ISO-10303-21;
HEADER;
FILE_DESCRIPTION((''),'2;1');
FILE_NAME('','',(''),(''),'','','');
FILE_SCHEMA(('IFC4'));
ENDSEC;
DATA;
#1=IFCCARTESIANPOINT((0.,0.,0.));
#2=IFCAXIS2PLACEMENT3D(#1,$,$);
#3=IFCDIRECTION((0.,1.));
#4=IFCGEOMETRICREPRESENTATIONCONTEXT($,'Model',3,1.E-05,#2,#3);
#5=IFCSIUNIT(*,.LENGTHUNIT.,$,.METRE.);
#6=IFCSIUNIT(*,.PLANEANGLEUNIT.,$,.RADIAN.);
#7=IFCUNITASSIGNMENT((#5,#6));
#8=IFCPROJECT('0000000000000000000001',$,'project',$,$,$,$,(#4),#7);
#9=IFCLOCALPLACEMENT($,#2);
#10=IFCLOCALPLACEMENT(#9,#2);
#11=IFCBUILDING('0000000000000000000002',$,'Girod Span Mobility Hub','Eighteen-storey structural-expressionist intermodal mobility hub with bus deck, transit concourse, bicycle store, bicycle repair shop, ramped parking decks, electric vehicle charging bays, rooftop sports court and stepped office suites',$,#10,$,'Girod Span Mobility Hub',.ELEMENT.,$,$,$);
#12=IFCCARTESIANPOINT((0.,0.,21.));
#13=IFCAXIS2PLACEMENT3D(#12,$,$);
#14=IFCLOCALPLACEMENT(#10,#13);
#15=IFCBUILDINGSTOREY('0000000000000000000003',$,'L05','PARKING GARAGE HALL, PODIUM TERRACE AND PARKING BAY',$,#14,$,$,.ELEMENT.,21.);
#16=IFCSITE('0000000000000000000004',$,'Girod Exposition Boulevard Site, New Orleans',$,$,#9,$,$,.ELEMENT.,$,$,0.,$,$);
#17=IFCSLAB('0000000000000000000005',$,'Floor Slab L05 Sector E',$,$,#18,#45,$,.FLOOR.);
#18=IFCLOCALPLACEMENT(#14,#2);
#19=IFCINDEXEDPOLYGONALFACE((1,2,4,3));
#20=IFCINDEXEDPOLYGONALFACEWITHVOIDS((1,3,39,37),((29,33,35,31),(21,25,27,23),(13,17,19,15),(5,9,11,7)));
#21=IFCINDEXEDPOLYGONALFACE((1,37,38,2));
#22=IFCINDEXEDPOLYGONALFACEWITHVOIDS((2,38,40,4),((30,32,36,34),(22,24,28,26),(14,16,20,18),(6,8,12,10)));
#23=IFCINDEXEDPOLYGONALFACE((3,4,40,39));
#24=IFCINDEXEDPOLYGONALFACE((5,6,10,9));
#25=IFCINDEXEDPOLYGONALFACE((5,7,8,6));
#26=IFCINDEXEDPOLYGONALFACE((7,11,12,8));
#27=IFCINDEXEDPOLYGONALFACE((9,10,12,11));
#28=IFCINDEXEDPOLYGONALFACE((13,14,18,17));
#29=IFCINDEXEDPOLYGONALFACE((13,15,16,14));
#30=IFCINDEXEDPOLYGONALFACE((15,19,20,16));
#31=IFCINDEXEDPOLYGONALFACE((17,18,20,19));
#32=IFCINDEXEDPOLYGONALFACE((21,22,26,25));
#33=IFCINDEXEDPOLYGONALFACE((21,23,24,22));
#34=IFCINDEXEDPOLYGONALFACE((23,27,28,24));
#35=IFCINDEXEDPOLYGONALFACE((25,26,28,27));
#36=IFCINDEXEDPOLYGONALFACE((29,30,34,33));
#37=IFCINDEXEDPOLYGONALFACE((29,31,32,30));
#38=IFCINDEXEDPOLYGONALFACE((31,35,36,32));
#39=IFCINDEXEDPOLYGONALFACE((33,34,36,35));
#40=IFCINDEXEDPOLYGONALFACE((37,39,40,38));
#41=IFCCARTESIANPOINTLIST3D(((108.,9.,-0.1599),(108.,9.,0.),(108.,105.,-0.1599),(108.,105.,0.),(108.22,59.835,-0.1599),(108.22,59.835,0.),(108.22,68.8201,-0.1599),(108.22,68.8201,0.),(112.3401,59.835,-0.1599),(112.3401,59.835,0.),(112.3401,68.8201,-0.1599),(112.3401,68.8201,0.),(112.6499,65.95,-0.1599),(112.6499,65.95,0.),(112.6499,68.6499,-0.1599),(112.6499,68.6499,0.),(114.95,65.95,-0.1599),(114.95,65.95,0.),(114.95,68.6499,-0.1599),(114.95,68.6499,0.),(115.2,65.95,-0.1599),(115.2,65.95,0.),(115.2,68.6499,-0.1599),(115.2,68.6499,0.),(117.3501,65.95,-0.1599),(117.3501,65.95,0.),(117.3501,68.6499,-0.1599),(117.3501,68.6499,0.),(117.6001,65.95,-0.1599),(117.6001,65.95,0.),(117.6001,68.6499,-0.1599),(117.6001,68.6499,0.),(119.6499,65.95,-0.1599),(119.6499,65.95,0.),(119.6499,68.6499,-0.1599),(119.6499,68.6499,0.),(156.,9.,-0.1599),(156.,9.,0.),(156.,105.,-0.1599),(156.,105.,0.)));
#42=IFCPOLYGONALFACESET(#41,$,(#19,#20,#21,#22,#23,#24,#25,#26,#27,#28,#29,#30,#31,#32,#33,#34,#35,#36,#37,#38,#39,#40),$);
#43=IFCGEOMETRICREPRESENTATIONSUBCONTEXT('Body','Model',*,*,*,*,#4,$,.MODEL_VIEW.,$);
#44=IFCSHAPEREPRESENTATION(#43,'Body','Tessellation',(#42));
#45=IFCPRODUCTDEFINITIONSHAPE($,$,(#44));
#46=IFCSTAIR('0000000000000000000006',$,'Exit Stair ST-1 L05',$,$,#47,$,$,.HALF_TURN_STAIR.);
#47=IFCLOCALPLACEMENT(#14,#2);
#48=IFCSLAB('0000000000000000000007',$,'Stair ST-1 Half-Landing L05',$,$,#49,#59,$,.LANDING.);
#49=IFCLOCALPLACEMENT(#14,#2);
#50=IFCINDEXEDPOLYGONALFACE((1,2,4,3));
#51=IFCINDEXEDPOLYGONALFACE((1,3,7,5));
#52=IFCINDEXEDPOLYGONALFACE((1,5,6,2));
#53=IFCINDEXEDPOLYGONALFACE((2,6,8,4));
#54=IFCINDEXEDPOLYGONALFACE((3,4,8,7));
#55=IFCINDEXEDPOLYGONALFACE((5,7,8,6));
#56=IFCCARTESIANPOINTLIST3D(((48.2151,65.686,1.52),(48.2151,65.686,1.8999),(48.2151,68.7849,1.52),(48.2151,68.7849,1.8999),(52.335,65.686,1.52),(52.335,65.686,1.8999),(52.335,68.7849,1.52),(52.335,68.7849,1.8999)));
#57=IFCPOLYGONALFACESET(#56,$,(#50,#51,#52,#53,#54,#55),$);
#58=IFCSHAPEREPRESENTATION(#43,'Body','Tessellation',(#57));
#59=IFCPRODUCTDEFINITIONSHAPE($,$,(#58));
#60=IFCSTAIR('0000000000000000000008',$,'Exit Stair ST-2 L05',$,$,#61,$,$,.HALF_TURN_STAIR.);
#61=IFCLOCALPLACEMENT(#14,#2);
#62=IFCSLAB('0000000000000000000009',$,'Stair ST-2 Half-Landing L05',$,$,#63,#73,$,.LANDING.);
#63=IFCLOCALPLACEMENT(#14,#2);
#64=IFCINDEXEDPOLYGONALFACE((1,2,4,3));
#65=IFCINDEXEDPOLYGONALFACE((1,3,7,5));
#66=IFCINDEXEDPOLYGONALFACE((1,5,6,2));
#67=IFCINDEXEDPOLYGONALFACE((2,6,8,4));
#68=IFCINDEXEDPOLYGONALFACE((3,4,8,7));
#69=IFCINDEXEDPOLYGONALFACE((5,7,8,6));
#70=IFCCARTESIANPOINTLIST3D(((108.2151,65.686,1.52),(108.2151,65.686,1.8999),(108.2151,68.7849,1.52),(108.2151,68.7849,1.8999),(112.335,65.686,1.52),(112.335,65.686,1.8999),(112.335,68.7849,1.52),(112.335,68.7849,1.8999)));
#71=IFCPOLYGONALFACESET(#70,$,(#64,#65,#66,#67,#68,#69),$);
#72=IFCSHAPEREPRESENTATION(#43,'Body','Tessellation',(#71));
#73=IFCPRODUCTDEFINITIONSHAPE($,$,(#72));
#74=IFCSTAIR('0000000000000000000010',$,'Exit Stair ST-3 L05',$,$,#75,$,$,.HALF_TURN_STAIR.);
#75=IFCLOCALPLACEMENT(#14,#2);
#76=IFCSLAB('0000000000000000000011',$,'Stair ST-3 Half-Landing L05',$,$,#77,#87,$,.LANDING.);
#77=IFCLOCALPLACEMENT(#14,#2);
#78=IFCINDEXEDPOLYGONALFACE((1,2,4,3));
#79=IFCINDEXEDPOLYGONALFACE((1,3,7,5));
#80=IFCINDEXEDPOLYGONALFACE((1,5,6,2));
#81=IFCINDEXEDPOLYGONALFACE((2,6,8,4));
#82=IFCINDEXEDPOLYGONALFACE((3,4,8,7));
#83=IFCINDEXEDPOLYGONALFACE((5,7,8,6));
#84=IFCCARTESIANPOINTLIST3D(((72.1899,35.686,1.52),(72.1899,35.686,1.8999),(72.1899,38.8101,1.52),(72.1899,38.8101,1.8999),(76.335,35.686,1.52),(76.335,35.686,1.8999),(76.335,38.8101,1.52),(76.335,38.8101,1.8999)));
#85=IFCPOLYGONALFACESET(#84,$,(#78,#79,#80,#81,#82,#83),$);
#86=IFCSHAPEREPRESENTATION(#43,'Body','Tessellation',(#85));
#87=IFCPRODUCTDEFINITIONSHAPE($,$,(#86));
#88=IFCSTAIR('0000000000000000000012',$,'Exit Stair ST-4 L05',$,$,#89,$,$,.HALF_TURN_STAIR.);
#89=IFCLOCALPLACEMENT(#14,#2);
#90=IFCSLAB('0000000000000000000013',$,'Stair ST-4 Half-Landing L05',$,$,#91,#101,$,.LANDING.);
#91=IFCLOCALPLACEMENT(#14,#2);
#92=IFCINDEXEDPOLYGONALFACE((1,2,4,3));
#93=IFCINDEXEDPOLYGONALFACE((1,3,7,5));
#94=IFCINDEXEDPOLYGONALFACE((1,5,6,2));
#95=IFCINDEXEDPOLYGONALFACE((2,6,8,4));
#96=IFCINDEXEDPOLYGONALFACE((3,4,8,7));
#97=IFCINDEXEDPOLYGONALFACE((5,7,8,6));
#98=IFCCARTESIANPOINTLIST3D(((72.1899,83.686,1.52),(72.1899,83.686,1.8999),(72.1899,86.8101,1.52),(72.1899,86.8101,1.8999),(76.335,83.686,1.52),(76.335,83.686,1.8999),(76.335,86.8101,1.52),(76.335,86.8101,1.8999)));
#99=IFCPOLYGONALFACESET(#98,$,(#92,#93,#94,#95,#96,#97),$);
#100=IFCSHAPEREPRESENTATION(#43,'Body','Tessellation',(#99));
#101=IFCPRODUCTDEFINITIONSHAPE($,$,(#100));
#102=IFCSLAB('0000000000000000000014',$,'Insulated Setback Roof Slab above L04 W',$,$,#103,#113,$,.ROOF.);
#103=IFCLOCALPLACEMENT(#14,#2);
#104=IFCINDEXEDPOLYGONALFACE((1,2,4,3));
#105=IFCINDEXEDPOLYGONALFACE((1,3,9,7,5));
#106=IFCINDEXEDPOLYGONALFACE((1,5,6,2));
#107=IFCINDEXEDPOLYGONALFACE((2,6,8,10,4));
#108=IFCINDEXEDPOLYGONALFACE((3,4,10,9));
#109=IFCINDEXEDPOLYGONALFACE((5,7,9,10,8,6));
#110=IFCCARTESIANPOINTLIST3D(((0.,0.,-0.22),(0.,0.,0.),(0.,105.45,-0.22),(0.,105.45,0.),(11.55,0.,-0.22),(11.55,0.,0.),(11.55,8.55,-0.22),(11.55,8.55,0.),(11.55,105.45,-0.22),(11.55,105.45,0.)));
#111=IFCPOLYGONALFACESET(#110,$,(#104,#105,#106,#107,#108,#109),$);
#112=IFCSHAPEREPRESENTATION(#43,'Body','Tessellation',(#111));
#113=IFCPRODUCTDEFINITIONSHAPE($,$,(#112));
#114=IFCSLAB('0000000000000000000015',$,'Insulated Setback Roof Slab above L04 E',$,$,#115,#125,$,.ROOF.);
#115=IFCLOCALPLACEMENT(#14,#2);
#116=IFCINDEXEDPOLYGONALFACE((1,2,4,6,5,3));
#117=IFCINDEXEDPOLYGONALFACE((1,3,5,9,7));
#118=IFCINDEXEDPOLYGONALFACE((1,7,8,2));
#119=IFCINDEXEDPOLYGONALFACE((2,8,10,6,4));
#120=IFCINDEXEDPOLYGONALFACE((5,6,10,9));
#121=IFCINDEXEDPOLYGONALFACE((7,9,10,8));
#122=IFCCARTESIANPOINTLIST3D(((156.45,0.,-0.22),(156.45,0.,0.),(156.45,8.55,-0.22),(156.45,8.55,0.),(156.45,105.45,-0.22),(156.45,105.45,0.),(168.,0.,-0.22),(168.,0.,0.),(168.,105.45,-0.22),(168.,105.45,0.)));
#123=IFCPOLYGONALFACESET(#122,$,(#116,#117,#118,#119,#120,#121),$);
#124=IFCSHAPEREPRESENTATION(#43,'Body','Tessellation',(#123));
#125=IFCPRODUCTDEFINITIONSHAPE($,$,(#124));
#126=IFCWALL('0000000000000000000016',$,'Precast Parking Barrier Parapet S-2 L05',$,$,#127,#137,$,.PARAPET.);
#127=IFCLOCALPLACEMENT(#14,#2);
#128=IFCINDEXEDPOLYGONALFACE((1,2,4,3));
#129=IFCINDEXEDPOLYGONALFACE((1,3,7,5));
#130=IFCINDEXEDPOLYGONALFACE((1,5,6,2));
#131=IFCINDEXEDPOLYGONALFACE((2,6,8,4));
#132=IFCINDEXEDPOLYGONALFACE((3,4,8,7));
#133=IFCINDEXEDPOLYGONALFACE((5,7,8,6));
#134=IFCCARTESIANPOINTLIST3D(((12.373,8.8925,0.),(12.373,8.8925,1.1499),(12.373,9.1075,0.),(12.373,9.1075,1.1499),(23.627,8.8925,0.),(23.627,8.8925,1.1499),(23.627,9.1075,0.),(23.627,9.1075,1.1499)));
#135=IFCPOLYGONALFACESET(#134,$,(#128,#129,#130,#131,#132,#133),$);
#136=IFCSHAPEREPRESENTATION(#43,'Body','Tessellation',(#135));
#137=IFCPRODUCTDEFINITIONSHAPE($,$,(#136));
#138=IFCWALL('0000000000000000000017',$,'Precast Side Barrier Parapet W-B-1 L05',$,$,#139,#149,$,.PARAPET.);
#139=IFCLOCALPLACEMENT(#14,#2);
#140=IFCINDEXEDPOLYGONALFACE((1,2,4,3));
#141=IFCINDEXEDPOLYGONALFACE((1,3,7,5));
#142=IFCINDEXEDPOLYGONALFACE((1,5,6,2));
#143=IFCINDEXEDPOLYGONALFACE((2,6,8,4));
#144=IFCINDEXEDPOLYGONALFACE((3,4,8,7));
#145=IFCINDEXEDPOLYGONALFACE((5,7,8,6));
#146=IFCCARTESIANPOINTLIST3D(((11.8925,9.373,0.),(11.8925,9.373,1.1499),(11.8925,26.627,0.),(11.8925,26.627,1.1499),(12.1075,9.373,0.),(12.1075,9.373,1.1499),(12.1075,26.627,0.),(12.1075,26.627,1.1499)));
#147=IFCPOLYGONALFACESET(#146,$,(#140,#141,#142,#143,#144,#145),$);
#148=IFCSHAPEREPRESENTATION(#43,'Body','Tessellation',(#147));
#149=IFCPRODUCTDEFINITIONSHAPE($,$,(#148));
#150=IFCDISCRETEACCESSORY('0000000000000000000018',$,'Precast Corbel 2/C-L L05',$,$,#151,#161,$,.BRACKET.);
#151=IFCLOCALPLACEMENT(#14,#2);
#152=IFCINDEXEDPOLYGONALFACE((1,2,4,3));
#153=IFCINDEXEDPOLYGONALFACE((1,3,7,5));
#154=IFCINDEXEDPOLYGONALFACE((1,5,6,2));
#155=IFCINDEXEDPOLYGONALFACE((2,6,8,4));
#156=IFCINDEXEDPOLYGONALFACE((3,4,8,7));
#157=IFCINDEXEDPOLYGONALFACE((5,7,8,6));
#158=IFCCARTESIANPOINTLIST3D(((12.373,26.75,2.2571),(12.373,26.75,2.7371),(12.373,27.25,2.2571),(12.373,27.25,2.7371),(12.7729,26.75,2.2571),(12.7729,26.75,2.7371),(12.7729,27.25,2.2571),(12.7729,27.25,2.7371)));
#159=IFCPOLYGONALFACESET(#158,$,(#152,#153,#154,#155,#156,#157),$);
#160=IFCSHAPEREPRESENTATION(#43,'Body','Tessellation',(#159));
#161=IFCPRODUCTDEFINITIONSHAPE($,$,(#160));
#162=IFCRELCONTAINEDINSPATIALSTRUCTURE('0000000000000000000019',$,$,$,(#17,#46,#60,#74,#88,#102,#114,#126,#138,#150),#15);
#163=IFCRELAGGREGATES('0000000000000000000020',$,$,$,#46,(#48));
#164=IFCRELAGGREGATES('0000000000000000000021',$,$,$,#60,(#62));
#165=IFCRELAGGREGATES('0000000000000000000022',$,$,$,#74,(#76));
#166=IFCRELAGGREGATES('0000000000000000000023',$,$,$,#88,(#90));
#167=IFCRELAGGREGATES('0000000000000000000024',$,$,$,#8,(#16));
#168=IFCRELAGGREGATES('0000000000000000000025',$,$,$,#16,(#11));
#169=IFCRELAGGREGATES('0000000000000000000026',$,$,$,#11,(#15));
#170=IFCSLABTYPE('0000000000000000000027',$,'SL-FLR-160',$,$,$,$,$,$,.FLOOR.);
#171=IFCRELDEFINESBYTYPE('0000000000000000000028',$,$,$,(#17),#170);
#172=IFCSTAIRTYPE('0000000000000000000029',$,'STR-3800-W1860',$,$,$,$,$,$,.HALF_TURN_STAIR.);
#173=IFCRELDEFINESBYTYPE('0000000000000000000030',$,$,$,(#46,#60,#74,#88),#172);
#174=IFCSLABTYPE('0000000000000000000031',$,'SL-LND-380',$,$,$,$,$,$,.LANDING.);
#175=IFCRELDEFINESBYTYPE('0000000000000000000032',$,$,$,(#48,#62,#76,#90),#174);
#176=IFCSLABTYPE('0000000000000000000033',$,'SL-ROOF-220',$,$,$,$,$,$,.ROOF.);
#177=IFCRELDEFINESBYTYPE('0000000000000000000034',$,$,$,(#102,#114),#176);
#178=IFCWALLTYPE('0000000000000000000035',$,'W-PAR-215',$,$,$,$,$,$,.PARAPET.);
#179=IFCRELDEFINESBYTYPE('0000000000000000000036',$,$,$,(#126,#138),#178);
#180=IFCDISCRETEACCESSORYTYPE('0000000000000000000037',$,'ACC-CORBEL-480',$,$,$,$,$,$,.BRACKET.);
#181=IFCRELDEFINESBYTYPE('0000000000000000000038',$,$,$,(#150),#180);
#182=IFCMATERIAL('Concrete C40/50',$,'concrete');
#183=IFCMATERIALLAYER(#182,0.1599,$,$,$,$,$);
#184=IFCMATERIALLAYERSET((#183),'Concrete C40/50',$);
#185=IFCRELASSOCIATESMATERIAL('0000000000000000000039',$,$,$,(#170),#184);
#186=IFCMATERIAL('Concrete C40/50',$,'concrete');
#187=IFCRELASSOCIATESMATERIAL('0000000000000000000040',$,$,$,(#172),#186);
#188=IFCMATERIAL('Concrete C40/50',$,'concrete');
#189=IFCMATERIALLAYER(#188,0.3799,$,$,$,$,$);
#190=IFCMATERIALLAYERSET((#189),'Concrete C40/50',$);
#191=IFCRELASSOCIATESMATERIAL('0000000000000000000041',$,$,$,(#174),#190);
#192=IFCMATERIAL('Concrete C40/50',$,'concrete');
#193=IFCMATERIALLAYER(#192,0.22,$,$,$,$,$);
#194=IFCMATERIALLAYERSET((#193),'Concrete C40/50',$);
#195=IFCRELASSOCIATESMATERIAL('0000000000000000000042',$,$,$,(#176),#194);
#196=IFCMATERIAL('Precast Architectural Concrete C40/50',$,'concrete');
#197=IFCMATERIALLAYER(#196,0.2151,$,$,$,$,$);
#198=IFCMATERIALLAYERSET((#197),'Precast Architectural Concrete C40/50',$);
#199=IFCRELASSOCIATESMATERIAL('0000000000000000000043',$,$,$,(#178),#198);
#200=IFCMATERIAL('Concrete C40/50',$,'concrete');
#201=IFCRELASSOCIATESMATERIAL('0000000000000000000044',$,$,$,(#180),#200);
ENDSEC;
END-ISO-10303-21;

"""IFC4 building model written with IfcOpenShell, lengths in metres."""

from ifc_helpers import new_model, si_unit, direction, frame, frame_2d, origin, origin_2d, place, context, subcontext, project, spatial, polyline, rectangle, outline, extrude, material, layer, layer_set, type_object, element, aggregate, save


model = new_model("IFC4")

# Units and contexts
model_context = context("Model", 3, precision=1e-05, world=origin(), true_north=direction((0.0, 1.0)))
body_context = subcontext(model_context, "Body", "Model", "MODEL_VIEW")
ifc_project = project(units=[si_unit("LENGTHUNIT", "METRE"), si_unit("PLANEANGLEUNIT", "RADIAN")], contexts=[model_context])

# Site, building, storey
site_placement = place(None, origin())
site = spatial("IfcSite", under=ifc_project, at=site_placement, Name="Girod Exposition Boulevard Site, New Orleans", CompositionType="ELEMENT", RefElevation=0.0)
building_placement = place(site_placement, origin())
building = spatial("IfcBuilding", under=site, at=building_placement, Name="Girod Span Mobility Hub", Description="Eighteen-storey structural-expressionist intermodal mobility hub with bus deck, transit concourse, bicycle store, bicycle repair shop, ramped parking decks, electric vehicle charging bays, rooftop sports court and stepped office suites", LongName="Girod Span Mobility Hub", CompositionType="ELEMENT")
storey_placement = place(building_placement, frame((0.0, 0.0, 21.0)))
storey = spatial("IfcBuildingStorey", under=building, at=storey_placement, Name="L05", Description="PARKING GARAGE HALL, PODIUM TERRACE AND PARKING BAY", CompositionType="ELEMENT", Elevation=21.0)

# Slab
ifc_material_1 = material(Name="Concrete C40/50", Category="concrete")
ifc_layer_1 = layer(ifc_material_1, 0.1599)
ifc_layer_set_1 = layer_set([ifc_layer_1], Name="Concrete C40/50")
slab_type_1 = type_object("IfcSlabType", Name="SL-FLR-160", PredefinedType="FLOOR", material=ifc_layer_set_1)
slab_1_placement = place(storey_placement, frame((0.0, 0.0, -0.1599)))
element("IfcSlab", 1, at=slab_1_placement, inside=storey, type_object=slab_type_1, Name="Floor Slab L05 Sector E", PredefinedType="FLOOR", context=body_context, shape_type="SweptSolid", body=[
    extrude(outline(polyline([(156.0, 105.0), (156.0, 9.0), (108.0, 9.0), (108.0, 105.0), (156.0, 105.0)]), holes=[polyline([(108.22, 68.8201), (108.22, 59.835), (112.3401, 59.835), (112.3401, 68.8201), (108.22, 68.8201)]), polyline([(112.6499, 68.6499), (112.6499, 65.95), (114.95, 65.95), (114.95, 68.6499), (112.6499, 68.6499)]), polyline([(115.2, 68.6499), (115.2, 65.95), (117.3501, 65.95), (117.3501, 68.6499), (115.2, 68.6499)]), polyline([(117.6001, 68.6499), (117.6001, 65.95), (119.6499, 65.95), (119.6499, 68.6499), (117.6001, 68.6499)])]), origin(), (0.0, 0.0, 1.0), 0.1599),
])

# Stairs, slabs
ifc_material_2 = material(Name="Concrete C40/50", Category="concrete")
stair_type = type_object("IfcStairType", Name="STR-3800-W1860", PredefinedType="HALF_TURN_STAIR", material=ifc_material_2)
stair_1_placement = place(storey_placement, origin())
stair_1 = element("IfcStair", 2, at=stair_1_placement, inside=storey, type_object=stair_type, Name="Exit Stair ST-1 L05", PredefinedType="HALF_TURN_STAIR")
ifc_material_3 = material(Name="Concrete C40/50", Category="concrete")
ifc_layer_2 = layer(ifc_material_3, 0.3799)
ifc_layer_set_2 = layer_set([ifc_layer_2], Name="Concrete C40/50")
slab_type_2 = type_object("IfcSlabType", Name="SL-LND-380", PredefinedType="LANDING", material=ifc_layer_set_2)
slab_2_placement = place(storey_placement, frame((0.0, 0.0, 1.52)))
slab_2 = element("IfcSlab", 3, at=slab_2_placement, type_object=slab_type_2, Name="Stair ST-1 Half-Landing L05", PredefinedType="LANDING", context=body_context, shape_type="SweptSolid", body=[
    extrude(outline(polyline([(52.335, 65.686), (52.335, 68.7849), (48.2151, 68.7849), (48.2151, 65.686), (52.335, 65.686)])), origin(), (0.0, 0.0, 1.0), 0.3799),
])
aggregate(stair_1, [slab_2])
stair_2_placement = place(storey_placement, origin())
stair_2 = element("IfcStair", 4, at=stair_2_placement, inside=storey, type_object=stair_type, Name="Exit Stair ST-2 L05", PredefinedType="HALF_TURN_STAIR")
slab_3_placement = place(storey_placement, frame((0.0, 0.0, 1.52)))
slab_3 = element("IfcSlab", 5, at=slab_3_placement, type_object=slab_type_2, Name="Stair ST-2 Half-Landing L05", PredefinedType="LANDING", context=body_context, shape_type="SweptSolid", body=[
    extrude(outline(polyline([(112.335, 65.686), (112.335, 68.7849), (108.2151, 68.7849), (108.2151, 65.686), (112.335, 65.686)])), origin(), (0.0, 0.0, 1.0), 0.3799),
])
aggregate(stair_2, [slab_3])
stair_3_placement = place(storey_placement, origin())
stair_3 = element("IfcStair", 6, at=stair_3_placement, inside=storey, type_object=stair_type, Name="Exit Stair ST-3 L05", PredefinedType="HALF_TURN_STAIR")
slab_4_placement = place(storey_placement, frame((0.0, 0.0, 1.52)))
slab_4 = element("IfcSlab", 7, at=slab_4_placement, type_object=slab_type_2, Name="Stair ST-3 Half-Landing L05", PredefinedType="LANDING", context=body_context, shape_type="SweptSolid", body=[
    extrude(outline(polyline([(76.335, 35.686), (76.335, 38.8101), (72.1899, 38.8101), (72.1899, 35.686), (76.335, 35.686)])), origin(), (0.0, 0.0, 1.0), 0.3799),
])
aggregate(stair_3, [slab_4])
stair_4_placement = place(storey_placement, origin())
stair_4 = element("IfcStair", 8, at=stair_4_placement, inside=storey, type_object=stair_type, Name="Exit Stair ST-4 L05", PredefinedType="HALF_TURN_STAIR")
slab_5_placement = place(storey_placement, frame((0.0, 0.0, 1.52)))
slab_5 = element("IfcSlab", 9, at=slab_5_placement, type_object=slab_type_2, Name="Stair ST-4 Half-Landing L05", PredefinedType="LANDING", context=body_context, shape_type="SweptSolid", body=[
    extrude(outline(polyline([(76.335, 83.686), (76.335, 86.8101), (72.1899, 86.8101), (72.1899, 83.686), (76.335, 83.686)])), origin(), (0.0, 0.0, 1.0), 0.3799),
])
aggregate(stair_4, [slab_5])

# Slabs
ifc_material_4 = material(Name="Concrete C40/50", Category="concrete")
ifc_layer_3 = layer(ifc_material_4, 0.22)
ifc_layer_set_3 = layer_set([ifc_layer_3], Name="Concrete C40/50")
slab_type_3 = type_object("IfcSlabType", Name="SL-ROOF-220", PredefinedType="ROOF", material=ifc_layer_set_3)
slab_6_placement = place(storey_placement, frame((0.0, 0.0, -0.22)))
element("IfcSlab", 10, at=slab_6_placement, inside=storey, type_object=slab_type_3, Name="Insulated Setback Roof Slab above L04 W", PredefinedType="ROOF", context=body_context, shape_type="SweptSolid", body=[
    extrude(outline(polyline([(0.0, 105.45), (11.55, 105.45), (11.55, 8.55), (11.55, 0.0), (0.0, 0.0), (0.0, 105.45)])), origin(), (0.0, 0.0, 1.0), 0.22),
])
slab_7_placement = place(storey_placement, frame((0.0, 0.0, -0.22)))
element("IfcSlab", 11, at=slab_7_placement, inside=storey, type_object=slab_type_3, Name="Insulated Setback Roof Slab above L04 E", PredefinedType="ROOF", context=body_context, shape_type="SweptSolid", body=[
    extrude(outline(polyline([(168.0, 0.0), (156.45, 0.0), (156.45, 8.55), (156.45, 105.45), (168.0, 105.45), (168.0, 0.0)])), origin(), (0.0, 0.0, 1.0), 0.22),
])

# Walls
ifc_material_5 = material(Name="Precast Architectural Concrete C40/50", Category="concrete")
ifc_layer_4 = layer(ifc_material_5, 0.2151)
ifc_layer_set_4 = layer_set([ifc_layer_4], Name="Precast Architectural Concrete C40/50")
wall_type = type_object("IfcWallType", Name="W-PAR-215", PredefinedType="PARAPET", material=ifc_layer_set_4)
wall_1_placement = place(storey_placement, frame((12.373, 9.0, 0.0), z_axis=(0.0, 0.0, 1.0), x_axis=(1.0, 0.0, 0.0)))
element("IfcWall", 12, at=wall_1_placement, inside=storey, type_object=wall_type, Name="Precast Parking Barrier Parapet S-2 L05", PredefinedType="PARAPET", context=body_context, shape_type="SweptSolid", body=[
    extrude(rectangle(XDim=11.2539, YDim=0.2151, at=frame_2d((5.627, 0.0))), origin(), (0.0, 0.0, 1.0), 1.1499),
])
wall_2_placement = place(storey_placement, frame((12.0, 9.373, 0.0), z_axis=(0.0, 0.0, 1.0), x_axis=(0.0, 1.0, 0.0)))
element("IfcWall", 13, at=wall_2_placement, inside=storey, type_object=wall_type, Name="Precast Side Barrier Parapet W-B-1 L05", PredefinedType="PARAPET", context=body_context, shape_type="SweptSolid", body=[
    extrude(rectangle(XDim=17.2539, YDim=0.2151, at=frame_2d((8.627, 0.0))), origin(), (0.0, 0.0, 1.0), 1.1499),
])

# Discrete accessory
ifc_material_6 = material(Name="Concrete C40/50", Category="concrete")
discrete_accessory_type = type_object("IfcDiscreteAccessoryType", Name="ACC-CORBEL-480", PredefinedType="BRACKET", material=ifc_material_6)
discrete_accessory_placement = place(storey_placement, frame((12.573, 27.0, 2.2571), z_axis=(0.0, 0.0, 1.0), x_axis=(1.0, 0.0, 0.0)))
element("IfcDiscreteAccessory", 14, at=discrete_accessory_placement, inside=storey, type_object=discrete_accessory_type, Name="Precast Corbel 2/C-L L05", PredefinedType="BRACKET", context=body_context, shape_type="SweptSolid", body=[
    extrude(rectangle(XDim=0.3999, YDim=0.5, at=origin_2d()), origin(), (0.0, 0.0, 1.0), 0.48),
])

save(model, "model.ifc")
